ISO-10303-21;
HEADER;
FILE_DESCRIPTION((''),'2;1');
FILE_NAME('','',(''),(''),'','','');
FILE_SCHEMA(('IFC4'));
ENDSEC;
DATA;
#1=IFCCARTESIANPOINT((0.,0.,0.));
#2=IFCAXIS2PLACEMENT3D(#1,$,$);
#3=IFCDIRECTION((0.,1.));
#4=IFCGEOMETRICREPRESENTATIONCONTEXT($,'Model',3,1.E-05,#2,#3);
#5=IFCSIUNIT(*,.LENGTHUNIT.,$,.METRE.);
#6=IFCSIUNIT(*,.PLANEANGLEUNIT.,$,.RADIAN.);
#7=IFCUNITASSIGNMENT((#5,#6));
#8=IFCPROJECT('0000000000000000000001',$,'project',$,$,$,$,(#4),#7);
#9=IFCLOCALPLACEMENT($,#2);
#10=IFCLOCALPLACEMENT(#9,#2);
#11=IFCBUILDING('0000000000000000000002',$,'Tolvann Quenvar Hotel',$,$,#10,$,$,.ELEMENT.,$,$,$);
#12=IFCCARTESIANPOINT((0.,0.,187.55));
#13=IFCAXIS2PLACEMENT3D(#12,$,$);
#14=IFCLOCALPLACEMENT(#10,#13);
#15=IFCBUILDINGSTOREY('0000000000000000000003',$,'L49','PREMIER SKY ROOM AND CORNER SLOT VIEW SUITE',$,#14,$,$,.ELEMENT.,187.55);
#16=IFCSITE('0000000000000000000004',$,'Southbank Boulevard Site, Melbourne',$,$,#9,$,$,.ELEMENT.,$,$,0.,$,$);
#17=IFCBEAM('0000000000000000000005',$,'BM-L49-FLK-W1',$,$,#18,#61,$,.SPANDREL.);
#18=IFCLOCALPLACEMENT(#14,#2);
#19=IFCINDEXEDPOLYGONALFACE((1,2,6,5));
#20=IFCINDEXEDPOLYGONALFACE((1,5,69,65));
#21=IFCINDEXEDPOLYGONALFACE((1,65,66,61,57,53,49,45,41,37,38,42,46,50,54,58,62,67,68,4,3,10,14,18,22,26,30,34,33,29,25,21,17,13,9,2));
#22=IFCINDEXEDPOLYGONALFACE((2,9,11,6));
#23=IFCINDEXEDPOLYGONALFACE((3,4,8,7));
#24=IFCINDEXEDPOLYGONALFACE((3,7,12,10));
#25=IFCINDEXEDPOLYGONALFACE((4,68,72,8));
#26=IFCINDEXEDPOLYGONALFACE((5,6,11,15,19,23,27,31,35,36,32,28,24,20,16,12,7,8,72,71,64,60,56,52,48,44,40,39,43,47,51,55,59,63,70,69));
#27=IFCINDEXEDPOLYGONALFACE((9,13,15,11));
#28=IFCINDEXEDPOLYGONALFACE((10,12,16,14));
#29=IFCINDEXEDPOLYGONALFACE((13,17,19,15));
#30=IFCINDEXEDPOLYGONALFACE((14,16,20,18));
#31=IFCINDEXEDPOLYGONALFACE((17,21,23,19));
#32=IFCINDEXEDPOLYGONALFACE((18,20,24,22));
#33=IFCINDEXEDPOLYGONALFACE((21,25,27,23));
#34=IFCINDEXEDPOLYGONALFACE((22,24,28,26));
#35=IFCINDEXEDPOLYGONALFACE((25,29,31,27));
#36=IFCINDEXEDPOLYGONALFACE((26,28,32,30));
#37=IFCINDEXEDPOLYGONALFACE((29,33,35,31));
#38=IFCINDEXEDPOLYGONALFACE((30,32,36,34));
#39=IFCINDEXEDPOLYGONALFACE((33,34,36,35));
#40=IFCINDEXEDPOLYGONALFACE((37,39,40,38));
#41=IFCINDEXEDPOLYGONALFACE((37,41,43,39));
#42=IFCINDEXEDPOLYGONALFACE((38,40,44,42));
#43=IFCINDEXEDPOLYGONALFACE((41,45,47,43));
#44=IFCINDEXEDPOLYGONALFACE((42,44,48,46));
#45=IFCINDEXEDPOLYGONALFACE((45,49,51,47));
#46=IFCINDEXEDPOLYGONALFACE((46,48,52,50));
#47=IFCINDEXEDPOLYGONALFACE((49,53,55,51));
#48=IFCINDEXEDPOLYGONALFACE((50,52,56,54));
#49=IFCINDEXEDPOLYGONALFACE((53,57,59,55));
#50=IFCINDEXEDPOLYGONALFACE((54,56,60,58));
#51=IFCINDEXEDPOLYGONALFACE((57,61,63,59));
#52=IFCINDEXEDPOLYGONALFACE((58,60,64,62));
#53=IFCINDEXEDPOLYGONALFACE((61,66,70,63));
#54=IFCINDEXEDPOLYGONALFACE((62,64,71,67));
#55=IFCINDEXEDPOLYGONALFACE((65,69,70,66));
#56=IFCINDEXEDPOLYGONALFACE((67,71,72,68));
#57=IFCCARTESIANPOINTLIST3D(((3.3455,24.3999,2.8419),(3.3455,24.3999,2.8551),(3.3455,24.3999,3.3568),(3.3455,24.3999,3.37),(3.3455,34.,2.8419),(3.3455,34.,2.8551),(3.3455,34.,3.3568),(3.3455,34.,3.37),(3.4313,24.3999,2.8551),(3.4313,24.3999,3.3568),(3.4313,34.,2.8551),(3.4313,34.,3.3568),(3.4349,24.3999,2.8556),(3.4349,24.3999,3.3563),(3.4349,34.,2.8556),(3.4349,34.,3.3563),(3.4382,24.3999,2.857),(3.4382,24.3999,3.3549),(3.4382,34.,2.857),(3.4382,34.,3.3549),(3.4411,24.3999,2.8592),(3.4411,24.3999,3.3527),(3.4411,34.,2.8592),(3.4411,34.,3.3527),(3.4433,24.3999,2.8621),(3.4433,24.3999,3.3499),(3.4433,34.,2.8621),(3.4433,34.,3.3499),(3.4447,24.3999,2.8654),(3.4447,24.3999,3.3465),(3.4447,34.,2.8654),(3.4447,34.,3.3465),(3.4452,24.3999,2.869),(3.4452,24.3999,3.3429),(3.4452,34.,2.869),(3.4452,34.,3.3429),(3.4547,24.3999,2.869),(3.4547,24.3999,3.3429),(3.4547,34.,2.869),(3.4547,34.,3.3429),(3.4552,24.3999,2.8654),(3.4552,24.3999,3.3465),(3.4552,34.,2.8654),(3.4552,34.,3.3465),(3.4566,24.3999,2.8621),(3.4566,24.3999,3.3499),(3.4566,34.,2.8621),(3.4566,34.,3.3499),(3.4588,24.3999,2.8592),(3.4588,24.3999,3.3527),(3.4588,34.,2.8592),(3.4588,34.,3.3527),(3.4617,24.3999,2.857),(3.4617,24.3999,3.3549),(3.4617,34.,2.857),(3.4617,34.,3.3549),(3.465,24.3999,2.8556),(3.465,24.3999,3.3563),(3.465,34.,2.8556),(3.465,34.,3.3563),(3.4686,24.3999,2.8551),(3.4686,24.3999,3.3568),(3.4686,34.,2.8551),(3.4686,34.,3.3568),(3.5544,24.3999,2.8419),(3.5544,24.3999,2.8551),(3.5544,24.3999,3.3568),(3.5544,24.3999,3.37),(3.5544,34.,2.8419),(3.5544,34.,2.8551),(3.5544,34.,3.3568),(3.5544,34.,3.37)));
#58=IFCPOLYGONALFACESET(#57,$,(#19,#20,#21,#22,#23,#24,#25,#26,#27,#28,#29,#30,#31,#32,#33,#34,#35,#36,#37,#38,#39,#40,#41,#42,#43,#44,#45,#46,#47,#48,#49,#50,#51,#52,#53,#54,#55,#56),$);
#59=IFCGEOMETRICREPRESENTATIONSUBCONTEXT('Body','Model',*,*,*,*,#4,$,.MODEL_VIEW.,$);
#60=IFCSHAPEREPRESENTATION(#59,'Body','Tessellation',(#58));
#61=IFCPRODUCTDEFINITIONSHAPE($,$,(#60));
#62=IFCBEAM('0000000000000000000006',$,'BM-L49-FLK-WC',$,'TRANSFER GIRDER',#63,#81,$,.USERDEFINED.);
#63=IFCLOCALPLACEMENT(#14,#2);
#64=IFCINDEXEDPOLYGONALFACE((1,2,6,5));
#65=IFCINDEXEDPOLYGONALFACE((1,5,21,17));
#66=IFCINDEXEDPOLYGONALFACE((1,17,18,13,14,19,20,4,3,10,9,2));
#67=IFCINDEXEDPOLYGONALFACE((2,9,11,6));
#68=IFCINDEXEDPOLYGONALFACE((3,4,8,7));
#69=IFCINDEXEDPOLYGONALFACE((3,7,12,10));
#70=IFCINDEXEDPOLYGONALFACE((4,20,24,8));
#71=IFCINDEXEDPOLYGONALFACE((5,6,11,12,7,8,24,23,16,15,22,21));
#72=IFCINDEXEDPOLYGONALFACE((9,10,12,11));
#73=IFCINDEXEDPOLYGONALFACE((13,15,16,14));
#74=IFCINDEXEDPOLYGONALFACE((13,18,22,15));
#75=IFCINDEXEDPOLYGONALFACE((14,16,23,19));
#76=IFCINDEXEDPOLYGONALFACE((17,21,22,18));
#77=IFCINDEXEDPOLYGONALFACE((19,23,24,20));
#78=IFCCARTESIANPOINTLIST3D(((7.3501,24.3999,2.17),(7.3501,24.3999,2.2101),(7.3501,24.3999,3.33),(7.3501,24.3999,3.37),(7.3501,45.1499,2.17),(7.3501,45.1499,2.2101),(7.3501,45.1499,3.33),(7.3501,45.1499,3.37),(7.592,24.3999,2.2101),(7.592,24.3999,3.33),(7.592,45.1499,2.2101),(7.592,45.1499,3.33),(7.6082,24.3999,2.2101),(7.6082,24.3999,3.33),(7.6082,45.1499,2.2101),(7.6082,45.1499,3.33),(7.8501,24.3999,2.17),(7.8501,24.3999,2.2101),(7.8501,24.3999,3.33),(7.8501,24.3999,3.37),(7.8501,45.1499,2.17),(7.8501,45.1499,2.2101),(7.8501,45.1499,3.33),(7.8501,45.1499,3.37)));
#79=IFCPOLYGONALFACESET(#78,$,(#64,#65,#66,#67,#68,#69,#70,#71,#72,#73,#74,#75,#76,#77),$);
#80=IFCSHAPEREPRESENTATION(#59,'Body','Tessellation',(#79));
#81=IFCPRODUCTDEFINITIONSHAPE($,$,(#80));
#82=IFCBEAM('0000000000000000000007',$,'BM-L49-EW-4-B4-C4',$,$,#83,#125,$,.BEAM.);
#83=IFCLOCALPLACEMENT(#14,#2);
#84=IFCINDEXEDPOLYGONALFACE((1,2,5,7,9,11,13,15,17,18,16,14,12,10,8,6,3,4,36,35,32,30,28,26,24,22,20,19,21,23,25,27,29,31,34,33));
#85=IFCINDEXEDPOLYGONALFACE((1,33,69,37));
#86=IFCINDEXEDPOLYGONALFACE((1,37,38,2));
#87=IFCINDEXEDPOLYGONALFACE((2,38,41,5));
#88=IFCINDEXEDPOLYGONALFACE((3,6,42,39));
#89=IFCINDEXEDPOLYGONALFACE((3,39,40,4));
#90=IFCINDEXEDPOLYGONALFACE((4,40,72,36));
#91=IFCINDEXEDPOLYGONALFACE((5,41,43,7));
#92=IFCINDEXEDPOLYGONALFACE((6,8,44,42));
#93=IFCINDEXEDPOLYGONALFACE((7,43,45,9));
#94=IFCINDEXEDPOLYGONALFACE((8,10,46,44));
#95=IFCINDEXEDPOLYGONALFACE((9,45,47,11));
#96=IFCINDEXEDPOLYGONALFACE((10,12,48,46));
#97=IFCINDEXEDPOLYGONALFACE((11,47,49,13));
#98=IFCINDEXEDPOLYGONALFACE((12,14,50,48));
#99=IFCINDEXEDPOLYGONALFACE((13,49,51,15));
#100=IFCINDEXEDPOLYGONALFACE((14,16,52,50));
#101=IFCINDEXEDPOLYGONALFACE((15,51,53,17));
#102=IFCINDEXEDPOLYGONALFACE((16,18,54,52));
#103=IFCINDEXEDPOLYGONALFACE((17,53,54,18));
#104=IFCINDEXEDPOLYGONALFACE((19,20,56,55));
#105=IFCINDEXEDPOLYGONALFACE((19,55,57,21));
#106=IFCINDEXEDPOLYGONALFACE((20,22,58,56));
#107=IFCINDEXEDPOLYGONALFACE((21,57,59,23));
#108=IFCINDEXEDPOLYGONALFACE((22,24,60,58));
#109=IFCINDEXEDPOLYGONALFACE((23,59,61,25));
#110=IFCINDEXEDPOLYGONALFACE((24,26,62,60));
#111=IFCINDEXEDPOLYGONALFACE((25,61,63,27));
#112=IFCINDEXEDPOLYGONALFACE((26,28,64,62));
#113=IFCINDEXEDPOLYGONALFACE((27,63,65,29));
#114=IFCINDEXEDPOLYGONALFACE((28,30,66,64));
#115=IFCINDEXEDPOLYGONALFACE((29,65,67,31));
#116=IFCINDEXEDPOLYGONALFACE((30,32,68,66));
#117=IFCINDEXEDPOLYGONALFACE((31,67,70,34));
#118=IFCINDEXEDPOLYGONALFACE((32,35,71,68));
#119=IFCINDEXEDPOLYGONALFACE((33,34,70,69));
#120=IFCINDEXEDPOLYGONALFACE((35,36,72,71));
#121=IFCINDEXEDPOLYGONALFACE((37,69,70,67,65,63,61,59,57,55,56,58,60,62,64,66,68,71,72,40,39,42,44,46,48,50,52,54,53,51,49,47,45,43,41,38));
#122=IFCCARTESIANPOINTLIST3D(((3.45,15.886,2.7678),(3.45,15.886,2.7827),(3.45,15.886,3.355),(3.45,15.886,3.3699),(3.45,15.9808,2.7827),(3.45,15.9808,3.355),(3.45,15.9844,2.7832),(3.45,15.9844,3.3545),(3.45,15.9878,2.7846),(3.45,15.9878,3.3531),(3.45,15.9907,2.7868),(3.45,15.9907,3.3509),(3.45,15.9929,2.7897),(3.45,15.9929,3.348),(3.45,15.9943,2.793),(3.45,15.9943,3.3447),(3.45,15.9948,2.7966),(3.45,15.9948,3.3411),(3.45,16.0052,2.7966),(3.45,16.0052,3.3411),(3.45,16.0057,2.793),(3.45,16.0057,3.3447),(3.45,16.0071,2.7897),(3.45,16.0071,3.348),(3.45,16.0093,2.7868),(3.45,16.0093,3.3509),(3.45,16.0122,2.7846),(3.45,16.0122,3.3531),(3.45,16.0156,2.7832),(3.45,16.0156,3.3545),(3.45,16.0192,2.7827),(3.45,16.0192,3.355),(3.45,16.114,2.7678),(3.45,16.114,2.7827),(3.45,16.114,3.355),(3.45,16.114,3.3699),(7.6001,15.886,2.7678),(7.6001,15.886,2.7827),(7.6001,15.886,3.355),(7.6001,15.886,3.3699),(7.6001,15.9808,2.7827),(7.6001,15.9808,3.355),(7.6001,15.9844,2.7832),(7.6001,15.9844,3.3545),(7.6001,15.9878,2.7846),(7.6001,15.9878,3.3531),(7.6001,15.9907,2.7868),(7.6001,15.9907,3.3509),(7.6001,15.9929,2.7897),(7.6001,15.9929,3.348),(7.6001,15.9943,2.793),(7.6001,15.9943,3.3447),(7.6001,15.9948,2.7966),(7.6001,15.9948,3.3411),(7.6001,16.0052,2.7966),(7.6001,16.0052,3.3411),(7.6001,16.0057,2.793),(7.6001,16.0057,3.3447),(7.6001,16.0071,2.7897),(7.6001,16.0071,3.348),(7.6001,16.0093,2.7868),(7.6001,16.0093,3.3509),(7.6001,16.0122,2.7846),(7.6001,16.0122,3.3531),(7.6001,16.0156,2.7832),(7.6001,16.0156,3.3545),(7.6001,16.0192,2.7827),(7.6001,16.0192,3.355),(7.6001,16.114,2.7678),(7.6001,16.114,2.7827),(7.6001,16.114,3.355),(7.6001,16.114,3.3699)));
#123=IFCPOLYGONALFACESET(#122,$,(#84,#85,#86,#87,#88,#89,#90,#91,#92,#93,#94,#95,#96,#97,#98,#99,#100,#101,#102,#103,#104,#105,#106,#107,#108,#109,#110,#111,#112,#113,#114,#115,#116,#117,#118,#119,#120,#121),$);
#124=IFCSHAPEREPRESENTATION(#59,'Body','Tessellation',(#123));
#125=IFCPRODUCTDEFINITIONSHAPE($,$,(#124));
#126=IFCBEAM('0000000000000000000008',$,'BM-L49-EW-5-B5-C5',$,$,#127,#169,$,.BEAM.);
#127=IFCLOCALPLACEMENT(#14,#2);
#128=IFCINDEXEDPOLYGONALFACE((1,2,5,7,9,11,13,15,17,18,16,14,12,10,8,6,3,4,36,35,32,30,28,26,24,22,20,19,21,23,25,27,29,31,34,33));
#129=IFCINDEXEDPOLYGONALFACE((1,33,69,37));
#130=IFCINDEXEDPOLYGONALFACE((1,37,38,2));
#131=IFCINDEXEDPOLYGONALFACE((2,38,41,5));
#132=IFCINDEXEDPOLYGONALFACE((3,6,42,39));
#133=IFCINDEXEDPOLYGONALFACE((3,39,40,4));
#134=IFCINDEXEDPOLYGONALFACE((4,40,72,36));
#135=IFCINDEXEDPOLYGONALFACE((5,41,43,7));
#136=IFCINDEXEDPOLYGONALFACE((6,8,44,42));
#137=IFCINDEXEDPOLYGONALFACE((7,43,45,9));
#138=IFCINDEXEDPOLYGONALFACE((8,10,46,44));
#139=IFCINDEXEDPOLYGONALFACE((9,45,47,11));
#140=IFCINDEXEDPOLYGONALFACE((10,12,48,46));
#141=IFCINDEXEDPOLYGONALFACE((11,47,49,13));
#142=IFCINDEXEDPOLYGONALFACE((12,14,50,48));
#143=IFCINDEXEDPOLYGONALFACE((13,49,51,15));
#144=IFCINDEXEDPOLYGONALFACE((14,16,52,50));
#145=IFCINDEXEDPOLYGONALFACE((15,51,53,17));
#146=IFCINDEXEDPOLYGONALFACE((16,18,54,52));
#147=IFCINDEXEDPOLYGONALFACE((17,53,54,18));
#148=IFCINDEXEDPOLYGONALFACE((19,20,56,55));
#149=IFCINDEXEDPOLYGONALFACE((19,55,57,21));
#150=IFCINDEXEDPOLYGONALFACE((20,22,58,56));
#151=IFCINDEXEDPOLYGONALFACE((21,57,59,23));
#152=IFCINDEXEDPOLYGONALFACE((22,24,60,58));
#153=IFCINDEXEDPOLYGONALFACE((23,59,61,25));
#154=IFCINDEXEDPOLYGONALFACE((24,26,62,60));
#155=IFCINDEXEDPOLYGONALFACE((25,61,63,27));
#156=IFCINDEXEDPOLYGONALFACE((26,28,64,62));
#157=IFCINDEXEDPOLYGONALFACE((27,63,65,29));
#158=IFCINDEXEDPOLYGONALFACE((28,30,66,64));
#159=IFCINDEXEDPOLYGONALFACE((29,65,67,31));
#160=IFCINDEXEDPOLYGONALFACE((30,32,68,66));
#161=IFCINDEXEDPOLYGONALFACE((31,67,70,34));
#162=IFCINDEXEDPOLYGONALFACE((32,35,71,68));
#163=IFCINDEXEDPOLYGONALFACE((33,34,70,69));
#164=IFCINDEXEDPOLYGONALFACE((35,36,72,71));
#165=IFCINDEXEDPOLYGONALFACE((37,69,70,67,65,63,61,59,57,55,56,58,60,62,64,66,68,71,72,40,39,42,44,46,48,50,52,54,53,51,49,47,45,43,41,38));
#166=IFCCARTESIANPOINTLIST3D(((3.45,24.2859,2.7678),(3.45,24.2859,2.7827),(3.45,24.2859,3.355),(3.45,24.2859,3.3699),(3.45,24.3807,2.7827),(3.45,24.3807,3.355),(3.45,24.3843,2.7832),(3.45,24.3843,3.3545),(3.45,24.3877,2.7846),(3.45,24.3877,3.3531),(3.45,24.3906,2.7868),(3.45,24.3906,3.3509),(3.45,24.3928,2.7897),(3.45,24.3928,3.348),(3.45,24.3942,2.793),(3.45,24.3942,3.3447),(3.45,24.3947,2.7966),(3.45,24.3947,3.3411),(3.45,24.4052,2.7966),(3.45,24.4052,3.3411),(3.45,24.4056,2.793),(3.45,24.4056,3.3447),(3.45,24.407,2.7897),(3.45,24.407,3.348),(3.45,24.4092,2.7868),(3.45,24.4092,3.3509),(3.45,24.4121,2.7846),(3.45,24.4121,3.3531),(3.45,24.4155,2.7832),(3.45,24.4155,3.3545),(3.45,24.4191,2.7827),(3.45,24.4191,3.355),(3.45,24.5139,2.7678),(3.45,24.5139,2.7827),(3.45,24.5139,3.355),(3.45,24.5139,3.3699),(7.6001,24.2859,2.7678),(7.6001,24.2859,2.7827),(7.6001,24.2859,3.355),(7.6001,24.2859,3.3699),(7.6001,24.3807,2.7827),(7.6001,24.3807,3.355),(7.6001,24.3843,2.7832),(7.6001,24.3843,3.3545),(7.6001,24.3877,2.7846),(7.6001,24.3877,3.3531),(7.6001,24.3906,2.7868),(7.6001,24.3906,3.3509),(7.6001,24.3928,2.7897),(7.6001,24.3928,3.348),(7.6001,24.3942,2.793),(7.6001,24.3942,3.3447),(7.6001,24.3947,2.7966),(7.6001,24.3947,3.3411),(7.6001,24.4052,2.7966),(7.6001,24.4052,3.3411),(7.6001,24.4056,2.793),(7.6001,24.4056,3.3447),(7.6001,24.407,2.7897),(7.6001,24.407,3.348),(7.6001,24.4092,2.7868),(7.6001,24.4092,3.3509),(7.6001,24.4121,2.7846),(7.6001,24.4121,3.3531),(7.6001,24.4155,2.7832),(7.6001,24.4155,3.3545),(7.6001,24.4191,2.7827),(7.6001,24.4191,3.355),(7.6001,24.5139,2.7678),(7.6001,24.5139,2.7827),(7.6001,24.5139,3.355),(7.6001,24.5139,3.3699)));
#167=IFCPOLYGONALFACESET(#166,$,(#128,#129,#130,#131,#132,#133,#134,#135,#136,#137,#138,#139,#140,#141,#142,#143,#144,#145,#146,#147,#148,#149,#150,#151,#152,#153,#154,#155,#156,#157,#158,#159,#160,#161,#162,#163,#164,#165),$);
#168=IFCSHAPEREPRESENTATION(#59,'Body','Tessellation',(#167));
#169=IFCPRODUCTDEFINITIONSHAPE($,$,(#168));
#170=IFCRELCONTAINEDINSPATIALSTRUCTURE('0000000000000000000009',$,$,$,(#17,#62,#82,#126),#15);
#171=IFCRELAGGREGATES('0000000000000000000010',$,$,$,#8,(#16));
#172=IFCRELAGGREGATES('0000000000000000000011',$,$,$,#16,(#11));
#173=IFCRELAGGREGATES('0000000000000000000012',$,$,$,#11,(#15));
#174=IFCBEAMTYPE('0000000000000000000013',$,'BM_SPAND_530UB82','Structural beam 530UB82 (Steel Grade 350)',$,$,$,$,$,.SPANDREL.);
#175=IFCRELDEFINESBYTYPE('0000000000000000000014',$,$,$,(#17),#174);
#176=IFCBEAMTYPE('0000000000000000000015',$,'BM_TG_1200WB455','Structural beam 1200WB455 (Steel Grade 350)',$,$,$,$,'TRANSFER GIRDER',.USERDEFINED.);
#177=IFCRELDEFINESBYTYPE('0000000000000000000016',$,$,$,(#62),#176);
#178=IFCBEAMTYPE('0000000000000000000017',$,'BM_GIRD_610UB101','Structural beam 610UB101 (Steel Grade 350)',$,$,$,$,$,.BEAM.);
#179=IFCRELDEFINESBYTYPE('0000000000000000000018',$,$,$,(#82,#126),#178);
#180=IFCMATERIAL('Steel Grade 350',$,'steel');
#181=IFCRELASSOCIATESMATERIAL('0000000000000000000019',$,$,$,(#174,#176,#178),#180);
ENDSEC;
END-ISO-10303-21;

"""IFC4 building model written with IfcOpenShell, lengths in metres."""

from ifc_helpers import new_model, si_unit, direction, frame, origin, origin_2d, place, context, subcontext, project, spatial, i_section, extrude, source, transform, mapped, material, material_profile, profile_set, type_object, type_shapes, element, save


model = new_model("IFC4")

# Units and contexts
model_context = context("Model", 3, precision=1e-05, world=origin(), true_north=direction((0.0, 1.0)))
body_context = subcontext(model_context, "Body", "Model", "MODEL_VIEW")
ifc_project = project(units=[si_unit("LENGTHUNIT", "METRE"), si_unit("PLANEANGLEUNIT", "RADIAN")], contexts=[model_context])

# Site, building, storey
site_placement = place(None, origin())
site = spatial("IfcSite", under=ifc_project, at=site_placement, Name="Southbank Boulevard Site, Melbourne", CompositionType="ELEMENT", RefElevation=0.0)
building_placement = place(site_placement, origin())
building = spatial("IfcBuilding", under=site, at=building_placement, Name="Tolvann Quenvar Hotel", CompositionType="ELEMENT")
storey_placement = place(building_placement, frame((0.0, 0.0, 187.55)))
storey = spatial("IfcBuildingStorey", under=building, at=storey_placement, Name="L49", Description="PREMIER SKY ROOM AND CORNER SLOT VIEW SUITE", CompositionType="ELEMENT", Elevation=187.55)

# Shared definitions
ifc_material_1 = material(Name="Steel Grade 350", Category="steel")

# Beams
ifc_material_profile_1 = material_profile(ifc_material_1, i_section(OverallWidth=0.209, OverallDepth=0.5281, WebThickness=0.0095, FlangeThickness=0.0132, FilletRadius=0.0139, at=origin_2d()), Name="530UB82")
ifc_profile_set_1 = profile_set([ifc_material_profile_1], Name="Steel Grade 350")
beam_type_1 = type_object("IfcBeamType", Name="BM_SPAND_530UB82", Description="Structural beam 530UB82 (Steel Grade 350)", PredefinedType="SPANDREL", material=ifc_profile_set_1)
shared_shape_1 = source(origin(), body_context, "Body", "SweptSolid", [
    extrude(i_section(OverallWidth=0.209, OverallDepth=0.5281, WebThickness=0.0095, FlangeThickness=0.0132, FilletRadius=0.0139, at=origin_2d()), origin(), (0.0, 0.0, 1.0), 9.6001),
])
beam_1_placement = place(storey_placement, frame((3.45, 24.3999, 3.106), z_axis=(0.0, 1.0, 0.0), x_axis=(-1.0, 0.0, 0.0)))
element("IfcBeam", 1, at=beam_1_placement, inside=storey, type_object=beam_type_1, Name="BM-L49-FLK-W1", PredefinedType="SPANDREL", context=body_context, shape_type="MappedRepresentation", body=[
    mapped(shared_shape_1, transform((0.0, 0.0, 0.0), x_axis=(1.0, 0.0, 0.0), y_axis=(0.0, 1.0, 0.0), z_axis=(0.0, 0.0, 1.0), scale=1.0)),
])
ifc_material_profile_2 = material_profile(ifc_material_1, i_section(OverallWidth=0.5, OverallDepth=1.2, WebThickness=0.0161, FlangeThickness=0.04, at=origin_2d()), Name="1200WB455")
ifc_profile_set_2 = profile_set([ifc_material_profile_2], Name="Steel Grade 350")
beam_type_2 = type_object("IfcBeamType", Name="BM_TG_1200WB455", Description="Structural beam 1200WB455 (Steel Grade 350)", ElementType="TRANSFER GIRDER", PredefinedType="USERDEFINED", material=ifc_profile_set_2)
shared_shape_2 = source(origin(), body_context, "Body", "SweptSolid", [
    extrude(i_section(OverallWidth=0.5, OverallDepth=1.2, WebThickness=0.0161, FlangeThickness=0.04, at=origin_2d()), origin(), (0.0, 0.0, 1.0), 20.75),
])
type_shapes(beam_type_2, [shared_shape_2])
beam_2_placement = place(storey_placement, frame((7.6001, 24.3999, 2.77), z_axis=(0.0, 1.0, 0.0), x_axis=(-1.0, 0.0, 0.0)))
element("IfcBeam", 2, at=beam_2_placement, inside=storey, type_object=beam_type_2, Name="BM-L49-FLK-WC", ObjectType="TRANSFER GIRDER", PredefinedType="USERDEFINED", context=body_context, shape_type="MappedRepresentation", body=[
    mapped(shared_shape_2, transform((0.0, 0.0, 0.0), x_axis=(1.0, 0.0, 0.0), y_axis=(0.0, 1.0, 0.0), z_axis=(0.0, 0.0, 1.0), scale=1.0)),
])
ifc_material_profile_3 = material_profile(ifc_material_1, i_section(OverallWidth=0.228, OverallDepth=0.6021, WebThickness=0.0105, FlangeThickness=0.0149, FilletRadius=0.0139, at=origin_2d()), Name="610UB101")
ifc_profile_set_3 = profile_set([ifc_material_profile_3], Name="Steel Grade 350")
beam_type_3 = type_object("IfcBeamType", Name="BM_GIRD_610UB101", Description="Structural beam 610UB101 (Steel Grade 350)", PredefinedType="BEAM", material=ifc_profile_set_3)
shared_shape_3 = source(origin(), body_context, "Body", "SweptSolid", [
    extrude(i_section(OverallWidth=0.228, OverallDepth=0.6021, WebThickness=0.0105, FlangeThickness=0.0149, FilletRadius=0.0139, at=origin_2d()), origin(), (0.0, 0.0, 1.0), 4.1501),
])
for number, where, z_axis, x_axis, name in (
    (3, (3.45, 16.0, 3.0688), (1.0, 0.0, 0.0), (0.0, 1.0, 0.0), "BM-L49-EW-4-B4-C4"),
    (4, (3.45, 24.3999, 3.0688), (1.0, 0.0, 0.0), (0.0, 1.0, 0.0), "BM-L49-EW-5-B5-C5"),
):
    element("IfcBeam", number, at=place(storey_placement, frame(where, z_axis=z_axis, x_axis=x_axis)), inside=storey, type_object=beam_type_3, Name=name, PredefinedType="BEAM", context=body_context, shape_type="MappedRepresentation", body=[
        mapped(shared_shape_3, transform((0.0, 0.0, 0.0), x_axis=(1.0, 0.0, 0.0), y_axis=(0.0, 1.0, 0.0), z_axis=(0.0, 0.0, 1.0), scale=1.0)),
    ])

save(model, "model.ifc")
